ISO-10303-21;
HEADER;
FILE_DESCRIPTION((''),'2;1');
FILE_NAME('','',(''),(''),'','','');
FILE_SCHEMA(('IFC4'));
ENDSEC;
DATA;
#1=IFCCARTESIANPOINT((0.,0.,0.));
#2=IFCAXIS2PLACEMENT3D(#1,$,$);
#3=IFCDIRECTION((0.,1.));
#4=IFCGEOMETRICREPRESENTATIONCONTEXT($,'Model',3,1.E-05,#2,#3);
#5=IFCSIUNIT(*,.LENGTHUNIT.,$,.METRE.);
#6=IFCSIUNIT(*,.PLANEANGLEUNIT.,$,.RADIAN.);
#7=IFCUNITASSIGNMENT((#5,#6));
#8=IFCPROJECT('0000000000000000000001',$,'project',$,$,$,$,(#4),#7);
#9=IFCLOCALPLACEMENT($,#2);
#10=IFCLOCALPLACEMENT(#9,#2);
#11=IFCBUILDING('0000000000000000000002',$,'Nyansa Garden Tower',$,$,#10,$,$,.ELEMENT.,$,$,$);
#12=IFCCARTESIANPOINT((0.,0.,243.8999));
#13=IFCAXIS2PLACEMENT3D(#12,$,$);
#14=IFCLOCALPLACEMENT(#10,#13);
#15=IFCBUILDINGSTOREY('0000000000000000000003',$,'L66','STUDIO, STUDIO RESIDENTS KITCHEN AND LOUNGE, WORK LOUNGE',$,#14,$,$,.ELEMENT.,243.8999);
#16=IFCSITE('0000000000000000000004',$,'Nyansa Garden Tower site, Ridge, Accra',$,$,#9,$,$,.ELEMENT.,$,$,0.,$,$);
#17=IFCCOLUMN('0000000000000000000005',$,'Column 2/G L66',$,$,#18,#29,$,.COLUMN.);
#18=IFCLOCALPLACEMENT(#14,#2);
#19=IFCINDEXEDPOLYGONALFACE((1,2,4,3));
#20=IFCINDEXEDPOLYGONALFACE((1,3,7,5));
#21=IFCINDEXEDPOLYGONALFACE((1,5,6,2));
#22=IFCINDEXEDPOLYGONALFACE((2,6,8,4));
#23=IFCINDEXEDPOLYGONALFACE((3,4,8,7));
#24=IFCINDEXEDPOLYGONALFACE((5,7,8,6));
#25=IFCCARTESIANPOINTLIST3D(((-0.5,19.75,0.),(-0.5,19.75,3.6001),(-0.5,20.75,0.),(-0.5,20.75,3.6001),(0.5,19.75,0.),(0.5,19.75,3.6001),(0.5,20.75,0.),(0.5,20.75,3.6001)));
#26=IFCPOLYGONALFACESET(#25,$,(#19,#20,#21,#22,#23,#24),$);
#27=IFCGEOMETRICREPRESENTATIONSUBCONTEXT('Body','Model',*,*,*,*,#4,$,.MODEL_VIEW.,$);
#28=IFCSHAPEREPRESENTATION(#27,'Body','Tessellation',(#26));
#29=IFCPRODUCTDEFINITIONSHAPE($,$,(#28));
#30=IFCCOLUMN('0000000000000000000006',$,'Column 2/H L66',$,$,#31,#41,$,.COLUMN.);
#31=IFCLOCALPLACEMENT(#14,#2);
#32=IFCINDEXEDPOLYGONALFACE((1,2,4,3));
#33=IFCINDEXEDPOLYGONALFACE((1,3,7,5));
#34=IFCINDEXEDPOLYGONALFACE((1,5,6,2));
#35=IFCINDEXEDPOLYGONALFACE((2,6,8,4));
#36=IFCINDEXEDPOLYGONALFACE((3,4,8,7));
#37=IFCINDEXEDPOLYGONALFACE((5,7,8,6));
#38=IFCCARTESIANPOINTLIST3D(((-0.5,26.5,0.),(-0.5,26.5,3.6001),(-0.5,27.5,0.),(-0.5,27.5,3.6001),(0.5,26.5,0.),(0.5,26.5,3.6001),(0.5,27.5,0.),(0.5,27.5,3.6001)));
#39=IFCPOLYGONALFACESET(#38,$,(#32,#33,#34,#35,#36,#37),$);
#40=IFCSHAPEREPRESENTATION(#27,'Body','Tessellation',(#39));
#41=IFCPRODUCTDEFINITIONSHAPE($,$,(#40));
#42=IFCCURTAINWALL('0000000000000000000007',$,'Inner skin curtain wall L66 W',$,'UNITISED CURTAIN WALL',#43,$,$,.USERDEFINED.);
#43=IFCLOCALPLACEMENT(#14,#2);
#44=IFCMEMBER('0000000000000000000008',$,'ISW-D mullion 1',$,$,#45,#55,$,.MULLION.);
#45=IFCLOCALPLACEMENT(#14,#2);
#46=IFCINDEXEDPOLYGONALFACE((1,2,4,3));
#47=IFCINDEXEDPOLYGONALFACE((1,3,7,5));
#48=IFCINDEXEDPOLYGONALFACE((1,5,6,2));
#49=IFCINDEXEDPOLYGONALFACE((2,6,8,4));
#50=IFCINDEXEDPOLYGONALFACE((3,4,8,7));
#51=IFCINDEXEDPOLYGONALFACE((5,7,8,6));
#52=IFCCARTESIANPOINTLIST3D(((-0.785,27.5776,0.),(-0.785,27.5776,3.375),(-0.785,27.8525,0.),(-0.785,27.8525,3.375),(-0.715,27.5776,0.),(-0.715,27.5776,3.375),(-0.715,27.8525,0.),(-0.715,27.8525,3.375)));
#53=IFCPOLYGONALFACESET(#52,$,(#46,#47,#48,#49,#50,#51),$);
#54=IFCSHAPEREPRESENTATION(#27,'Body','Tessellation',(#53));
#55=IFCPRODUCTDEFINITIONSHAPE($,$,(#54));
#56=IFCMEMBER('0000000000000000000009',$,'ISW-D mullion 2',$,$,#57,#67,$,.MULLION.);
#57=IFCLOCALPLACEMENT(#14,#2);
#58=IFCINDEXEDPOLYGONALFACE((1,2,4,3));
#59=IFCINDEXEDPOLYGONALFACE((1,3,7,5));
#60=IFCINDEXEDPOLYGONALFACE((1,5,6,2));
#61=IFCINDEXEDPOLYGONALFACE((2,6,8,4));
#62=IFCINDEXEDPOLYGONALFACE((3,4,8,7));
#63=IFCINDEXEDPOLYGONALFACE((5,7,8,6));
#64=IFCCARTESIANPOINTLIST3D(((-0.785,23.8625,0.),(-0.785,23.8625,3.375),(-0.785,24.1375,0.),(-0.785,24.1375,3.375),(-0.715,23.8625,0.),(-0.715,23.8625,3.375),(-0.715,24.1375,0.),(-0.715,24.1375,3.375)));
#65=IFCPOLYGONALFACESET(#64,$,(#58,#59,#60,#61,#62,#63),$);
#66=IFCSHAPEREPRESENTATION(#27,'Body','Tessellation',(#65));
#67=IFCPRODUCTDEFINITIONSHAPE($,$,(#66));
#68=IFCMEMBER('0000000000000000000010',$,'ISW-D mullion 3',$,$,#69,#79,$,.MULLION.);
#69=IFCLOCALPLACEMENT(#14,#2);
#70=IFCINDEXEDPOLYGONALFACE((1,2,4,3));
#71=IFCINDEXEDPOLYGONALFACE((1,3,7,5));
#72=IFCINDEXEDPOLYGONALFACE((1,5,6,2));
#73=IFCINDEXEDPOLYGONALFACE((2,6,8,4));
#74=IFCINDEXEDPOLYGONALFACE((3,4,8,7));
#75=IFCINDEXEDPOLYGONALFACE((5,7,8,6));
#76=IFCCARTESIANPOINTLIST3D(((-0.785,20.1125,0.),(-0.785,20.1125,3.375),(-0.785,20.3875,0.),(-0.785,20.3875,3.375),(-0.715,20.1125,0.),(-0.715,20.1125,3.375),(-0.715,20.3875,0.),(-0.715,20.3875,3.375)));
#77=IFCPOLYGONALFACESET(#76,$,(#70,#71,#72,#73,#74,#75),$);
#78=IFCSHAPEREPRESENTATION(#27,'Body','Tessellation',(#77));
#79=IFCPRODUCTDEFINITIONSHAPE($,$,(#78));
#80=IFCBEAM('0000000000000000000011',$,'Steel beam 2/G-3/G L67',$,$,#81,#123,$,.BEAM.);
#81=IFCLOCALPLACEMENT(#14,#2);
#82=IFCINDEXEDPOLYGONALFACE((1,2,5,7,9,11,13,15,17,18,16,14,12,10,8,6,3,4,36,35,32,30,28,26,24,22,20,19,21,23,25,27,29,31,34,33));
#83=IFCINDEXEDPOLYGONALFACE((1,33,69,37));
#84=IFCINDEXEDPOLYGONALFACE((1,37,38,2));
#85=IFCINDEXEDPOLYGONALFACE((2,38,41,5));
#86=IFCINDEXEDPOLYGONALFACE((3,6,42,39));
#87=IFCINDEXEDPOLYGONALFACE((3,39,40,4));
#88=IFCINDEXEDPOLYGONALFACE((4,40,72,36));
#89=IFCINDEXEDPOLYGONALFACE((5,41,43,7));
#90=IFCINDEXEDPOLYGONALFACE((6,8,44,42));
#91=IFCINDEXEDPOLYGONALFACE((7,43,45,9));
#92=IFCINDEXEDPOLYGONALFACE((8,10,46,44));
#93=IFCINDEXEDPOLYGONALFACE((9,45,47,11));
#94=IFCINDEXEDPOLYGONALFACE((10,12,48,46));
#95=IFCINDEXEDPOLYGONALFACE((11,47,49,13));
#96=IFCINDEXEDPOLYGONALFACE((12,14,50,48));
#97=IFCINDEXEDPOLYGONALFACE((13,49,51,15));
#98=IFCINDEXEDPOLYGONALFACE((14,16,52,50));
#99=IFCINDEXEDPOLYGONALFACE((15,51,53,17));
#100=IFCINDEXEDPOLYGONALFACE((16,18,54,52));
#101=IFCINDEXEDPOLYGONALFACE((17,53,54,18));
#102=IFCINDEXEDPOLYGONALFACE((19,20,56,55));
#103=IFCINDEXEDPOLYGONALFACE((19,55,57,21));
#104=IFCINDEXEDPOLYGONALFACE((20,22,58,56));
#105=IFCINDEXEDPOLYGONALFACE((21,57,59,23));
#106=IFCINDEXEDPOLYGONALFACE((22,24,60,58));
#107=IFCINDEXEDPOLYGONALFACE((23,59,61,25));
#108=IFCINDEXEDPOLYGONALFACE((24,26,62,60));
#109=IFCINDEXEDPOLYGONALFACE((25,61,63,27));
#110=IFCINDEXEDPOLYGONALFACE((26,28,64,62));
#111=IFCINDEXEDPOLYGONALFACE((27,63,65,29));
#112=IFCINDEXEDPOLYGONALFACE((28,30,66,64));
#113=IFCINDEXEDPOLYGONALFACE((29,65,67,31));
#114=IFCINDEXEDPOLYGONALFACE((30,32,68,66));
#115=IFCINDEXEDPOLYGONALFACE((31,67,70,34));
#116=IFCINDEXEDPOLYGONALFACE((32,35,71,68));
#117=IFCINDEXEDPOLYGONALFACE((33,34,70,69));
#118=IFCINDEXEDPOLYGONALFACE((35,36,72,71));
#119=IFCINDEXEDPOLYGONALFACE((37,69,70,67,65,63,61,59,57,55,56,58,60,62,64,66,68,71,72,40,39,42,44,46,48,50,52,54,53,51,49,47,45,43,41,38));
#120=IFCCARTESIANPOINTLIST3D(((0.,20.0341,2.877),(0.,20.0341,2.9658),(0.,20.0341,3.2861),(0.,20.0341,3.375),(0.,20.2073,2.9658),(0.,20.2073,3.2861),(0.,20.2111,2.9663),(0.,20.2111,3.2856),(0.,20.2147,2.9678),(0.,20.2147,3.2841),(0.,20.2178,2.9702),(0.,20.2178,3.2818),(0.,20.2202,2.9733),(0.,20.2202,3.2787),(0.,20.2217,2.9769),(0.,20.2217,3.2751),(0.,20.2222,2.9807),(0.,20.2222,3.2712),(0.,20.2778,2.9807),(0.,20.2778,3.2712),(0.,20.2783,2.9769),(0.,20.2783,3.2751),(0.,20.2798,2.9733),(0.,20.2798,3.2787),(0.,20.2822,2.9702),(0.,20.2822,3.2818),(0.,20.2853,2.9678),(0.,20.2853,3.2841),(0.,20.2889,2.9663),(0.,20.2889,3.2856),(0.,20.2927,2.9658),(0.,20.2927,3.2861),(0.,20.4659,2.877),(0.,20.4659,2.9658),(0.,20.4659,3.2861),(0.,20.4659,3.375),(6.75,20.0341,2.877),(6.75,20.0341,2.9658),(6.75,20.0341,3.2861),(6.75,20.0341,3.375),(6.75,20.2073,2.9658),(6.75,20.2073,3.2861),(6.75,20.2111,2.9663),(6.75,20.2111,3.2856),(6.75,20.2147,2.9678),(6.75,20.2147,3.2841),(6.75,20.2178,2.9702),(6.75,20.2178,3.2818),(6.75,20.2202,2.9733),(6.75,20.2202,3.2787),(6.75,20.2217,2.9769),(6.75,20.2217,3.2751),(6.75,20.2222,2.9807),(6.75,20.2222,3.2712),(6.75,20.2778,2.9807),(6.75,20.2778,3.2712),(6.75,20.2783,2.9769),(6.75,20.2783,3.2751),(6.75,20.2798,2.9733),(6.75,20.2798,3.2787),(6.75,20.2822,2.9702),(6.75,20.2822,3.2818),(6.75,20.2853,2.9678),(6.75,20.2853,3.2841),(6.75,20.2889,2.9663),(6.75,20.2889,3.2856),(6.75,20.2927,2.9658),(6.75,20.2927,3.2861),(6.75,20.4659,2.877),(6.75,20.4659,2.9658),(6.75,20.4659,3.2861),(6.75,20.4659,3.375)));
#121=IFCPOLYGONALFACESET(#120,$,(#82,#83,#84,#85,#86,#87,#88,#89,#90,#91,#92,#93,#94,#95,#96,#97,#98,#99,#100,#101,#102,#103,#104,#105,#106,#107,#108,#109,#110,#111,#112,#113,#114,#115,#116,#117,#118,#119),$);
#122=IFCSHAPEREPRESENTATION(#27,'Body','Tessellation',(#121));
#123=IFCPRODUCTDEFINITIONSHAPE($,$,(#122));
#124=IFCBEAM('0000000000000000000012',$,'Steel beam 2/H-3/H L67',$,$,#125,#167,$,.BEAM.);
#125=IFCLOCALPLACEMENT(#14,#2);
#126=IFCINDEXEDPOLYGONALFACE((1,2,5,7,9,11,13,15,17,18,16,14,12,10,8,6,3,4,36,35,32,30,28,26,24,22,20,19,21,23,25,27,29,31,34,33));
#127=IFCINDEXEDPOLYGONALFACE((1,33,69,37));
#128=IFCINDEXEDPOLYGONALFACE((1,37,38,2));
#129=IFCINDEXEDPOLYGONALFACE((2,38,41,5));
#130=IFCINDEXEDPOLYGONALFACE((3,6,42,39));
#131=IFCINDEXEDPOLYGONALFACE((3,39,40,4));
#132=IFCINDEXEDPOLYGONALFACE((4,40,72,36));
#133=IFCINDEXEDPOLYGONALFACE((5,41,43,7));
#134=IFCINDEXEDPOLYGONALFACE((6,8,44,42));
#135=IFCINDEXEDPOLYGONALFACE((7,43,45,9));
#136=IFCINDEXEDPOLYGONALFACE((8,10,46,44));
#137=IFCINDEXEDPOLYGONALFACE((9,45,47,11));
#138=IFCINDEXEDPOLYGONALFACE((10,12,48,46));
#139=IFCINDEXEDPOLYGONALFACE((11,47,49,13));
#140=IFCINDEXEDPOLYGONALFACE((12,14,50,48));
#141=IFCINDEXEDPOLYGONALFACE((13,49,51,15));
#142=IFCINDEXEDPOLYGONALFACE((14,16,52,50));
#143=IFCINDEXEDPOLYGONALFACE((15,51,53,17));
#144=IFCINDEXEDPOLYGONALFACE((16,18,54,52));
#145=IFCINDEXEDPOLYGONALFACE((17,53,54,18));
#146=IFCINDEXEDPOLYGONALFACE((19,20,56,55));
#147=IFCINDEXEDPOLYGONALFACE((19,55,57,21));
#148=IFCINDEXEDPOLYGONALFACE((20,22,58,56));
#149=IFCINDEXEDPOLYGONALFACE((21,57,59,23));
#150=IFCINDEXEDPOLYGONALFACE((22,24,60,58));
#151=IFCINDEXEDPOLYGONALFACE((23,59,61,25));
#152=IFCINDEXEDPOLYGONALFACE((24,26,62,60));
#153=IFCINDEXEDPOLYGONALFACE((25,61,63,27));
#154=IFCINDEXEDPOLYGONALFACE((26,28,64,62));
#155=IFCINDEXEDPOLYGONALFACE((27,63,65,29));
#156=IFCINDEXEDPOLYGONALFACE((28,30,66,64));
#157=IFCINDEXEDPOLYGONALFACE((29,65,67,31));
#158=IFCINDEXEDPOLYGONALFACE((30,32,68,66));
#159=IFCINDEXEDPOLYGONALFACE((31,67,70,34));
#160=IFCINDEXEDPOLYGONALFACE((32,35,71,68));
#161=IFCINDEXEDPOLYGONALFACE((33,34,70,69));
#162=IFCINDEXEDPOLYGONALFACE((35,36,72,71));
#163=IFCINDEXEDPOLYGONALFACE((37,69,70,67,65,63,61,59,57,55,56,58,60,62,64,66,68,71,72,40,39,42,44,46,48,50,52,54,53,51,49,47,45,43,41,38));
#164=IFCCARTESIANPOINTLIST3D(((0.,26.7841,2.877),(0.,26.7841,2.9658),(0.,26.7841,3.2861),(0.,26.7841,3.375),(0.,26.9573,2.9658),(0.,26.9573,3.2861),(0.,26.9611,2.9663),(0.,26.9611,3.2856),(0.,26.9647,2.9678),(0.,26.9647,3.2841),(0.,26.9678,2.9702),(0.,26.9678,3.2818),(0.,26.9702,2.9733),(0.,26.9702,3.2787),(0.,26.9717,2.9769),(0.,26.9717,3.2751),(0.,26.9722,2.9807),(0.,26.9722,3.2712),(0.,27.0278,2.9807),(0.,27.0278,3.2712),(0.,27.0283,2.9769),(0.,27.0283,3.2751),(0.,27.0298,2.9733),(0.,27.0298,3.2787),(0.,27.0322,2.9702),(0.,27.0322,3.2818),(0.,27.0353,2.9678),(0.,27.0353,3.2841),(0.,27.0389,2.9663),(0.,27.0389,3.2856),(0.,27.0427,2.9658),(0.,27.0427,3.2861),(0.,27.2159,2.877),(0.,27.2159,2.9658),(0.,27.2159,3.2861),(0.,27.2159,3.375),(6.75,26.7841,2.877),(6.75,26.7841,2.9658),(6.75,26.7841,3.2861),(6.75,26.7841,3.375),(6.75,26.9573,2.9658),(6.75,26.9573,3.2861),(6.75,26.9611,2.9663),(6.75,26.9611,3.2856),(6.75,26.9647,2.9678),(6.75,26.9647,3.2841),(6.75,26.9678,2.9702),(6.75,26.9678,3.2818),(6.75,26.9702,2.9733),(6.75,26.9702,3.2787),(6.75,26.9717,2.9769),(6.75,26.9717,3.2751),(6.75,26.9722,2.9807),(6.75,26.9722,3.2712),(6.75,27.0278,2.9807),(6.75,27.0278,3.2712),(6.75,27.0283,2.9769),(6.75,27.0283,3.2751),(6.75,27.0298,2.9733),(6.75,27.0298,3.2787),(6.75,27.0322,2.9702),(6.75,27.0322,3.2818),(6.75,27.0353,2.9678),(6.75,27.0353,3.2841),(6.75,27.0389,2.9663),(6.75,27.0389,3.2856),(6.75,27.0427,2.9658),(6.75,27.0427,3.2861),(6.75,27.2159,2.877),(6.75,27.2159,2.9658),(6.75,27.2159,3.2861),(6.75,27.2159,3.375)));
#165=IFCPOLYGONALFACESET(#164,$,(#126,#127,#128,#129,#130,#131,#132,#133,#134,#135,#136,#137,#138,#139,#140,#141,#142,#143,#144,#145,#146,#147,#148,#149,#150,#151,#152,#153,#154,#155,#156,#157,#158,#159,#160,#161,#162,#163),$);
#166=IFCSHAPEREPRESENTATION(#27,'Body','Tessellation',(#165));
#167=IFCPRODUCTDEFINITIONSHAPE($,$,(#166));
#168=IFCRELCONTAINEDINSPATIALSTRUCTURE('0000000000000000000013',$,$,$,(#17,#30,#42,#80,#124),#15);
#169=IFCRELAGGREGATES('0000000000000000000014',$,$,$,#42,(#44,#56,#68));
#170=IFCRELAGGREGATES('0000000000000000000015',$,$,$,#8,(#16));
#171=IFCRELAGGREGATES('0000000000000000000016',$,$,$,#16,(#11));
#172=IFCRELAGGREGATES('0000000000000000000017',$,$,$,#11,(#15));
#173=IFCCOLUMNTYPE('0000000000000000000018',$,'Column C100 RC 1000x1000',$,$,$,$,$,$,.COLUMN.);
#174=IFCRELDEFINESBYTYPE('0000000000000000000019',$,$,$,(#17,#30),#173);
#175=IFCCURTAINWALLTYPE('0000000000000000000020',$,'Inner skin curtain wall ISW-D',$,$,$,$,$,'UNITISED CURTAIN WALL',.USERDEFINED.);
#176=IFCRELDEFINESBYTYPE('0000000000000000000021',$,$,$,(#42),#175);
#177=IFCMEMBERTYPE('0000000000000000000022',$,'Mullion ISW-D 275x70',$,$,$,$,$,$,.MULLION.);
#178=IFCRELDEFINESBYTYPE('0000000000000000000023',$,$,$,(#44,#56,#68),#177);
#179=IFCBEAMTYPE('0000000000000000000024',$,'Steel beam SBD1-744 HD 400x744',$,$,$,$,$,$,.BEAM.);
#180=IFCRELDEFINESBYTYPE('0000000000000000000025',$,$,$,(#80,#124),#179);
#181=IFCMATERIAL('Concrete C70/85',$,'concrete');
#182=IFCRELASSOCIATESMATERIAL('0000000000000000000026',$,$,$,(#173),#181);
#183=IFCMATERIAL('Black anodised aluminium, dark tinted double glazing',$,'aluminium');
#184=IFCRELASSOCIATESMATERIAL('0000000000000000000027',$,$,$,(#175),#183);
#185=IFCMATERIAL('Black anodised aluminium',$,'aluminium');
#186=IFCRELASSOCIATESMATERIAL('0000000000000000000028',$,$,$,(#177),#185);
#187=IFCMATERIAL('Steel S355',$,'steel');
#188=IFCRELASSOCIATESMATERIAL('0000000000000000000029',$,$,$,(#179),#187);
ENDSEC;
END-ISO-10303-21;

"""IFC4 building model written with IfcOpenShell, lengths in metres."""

from ifc_helpers import new_model, si_unit, direction, frame, origin, origin_2d, place, context, subcontext, project, spatial, rectangle, i_section, extrude, material, material_profile, profile_set, type_object, element, aggregate, save


model = new_model("IFC4")

# Units and contexts
model_context = context("Model", 3, precision=1e-05, world=origin(), true_north=direction((0.0, 1.0)))
body_context = subcontext(model_context, "Body", "Model", "MODEL_VIEW")
ifc_project = project(units=[si_unit("LENGTHUNIT", "METRE"), si_unit("PLANEANGLEUNIT", "RADIAN")], contexts=[model_context])

# Site, building, storey
site_placement = place(None, origin())
site = spatial("IfcSite", under=ifc_project, at=site_placement, Name="Nyansa Garden Tower site, Ridge, Accra", CompositionType="ELEMENT", RefElevation=0.0)
building_placement = place(site_placement, origin())
building = spatial("IfcBuilding", under=site, at=building_placement, Name="Nyansa Garden Tower", CompositionType="ELEMENT")
storey_placement = place(building_placement, frame((0.0, 0.0, 243.8999)))
storey = spatial("IfcBuildingStorey", under=building, at=storey_placement, Name="L66", Description="STUDIO, STUDIO RESIDENTS KITCHEN AND LOUNGE, WORK LOUNGE", CompositionType="ELEMENT", Elevation=243.8999)

# Columns
ifc_material_1 = material(Name="Concrete C70/85", Category="concrete")
ifc_material_profile_1 = material_profile(ifc_material_1, rectangle(XDim=1.0, YDim=1.0, at=origin_2d()), Name="RC 1000x1000")
ifc_profile_set_1 = profile_set([ifc_material_profile_1], Name="Concrete C70/85")
column_type = type_object("IfcColumnType", Name="Column C100 RC 1000x1000", PredefinedType="COLUMN", material=ifc_profile_set_1)
for number, where, z_axis, x_axis, name in (
    (1, (0.0, 20.25, 0.0), (0.0, 0.0, 1.0), (1.0, 0.0, 0.0), "Column 2/G L66"),
    (2, (0.0, 27.0, 0.0), (0.0, 0.0, 1.0), (1.0, 0.0, 0.0), "Column 2/H L66"),
):
    element("IfcColumn", number, at=place(storey_placement, frame(where, z_axis=z_axis, x_axis=x_axis)), inside=storey, type_object=column_type, Name=name, PredefinedType="COLUMN", context=body_context, shape_type="SweptSolid", body=[
        extrude(rectangle(XDim=1.0, YDim=1.0, at=origin_2d()), origin(), (0.0, 0.0, 1.0), 3.6001),
    ])

# Curtain wall, members
ifc_material_2 = material(Name="Black anodised aluminium, dark tinted double glazing", Category="aluminium")
curtain_wall_type = type_object("IfcCurtainWallType", Name="Inner skin curtain wall ISW-D", ElementType="UNITISED CURTAIN WALL", PredefinedType="USERDEFINED", material=ifc_material_2)
curtain_wall_placement = place(storey_placement, origin())
curtain_wall = element("IfcCurtainWall", 3, at=curtain_wall_placement, inside=storey, type_object=curtain_wall_type, Name="Inner skin curtain wall L66 W", ObjectType="UNITISED CURTAIN WALL", PredefinedType="USERDEFINED")
ifc_material_3 = material(Name="Black anodised aluminium", Category="aluminium")
ifc_material_profile_2 = material_profile(ifc_material_3, rectangle(XDim=0.0701, YDim=0.2749, at=origin_2d()), Name="Mullion 275x70")
ifc_profile_set_2 = profile_set([ifc_material_profile_2], Name="Black anodised aluminium")
member_type_1 = type_object("IfcMemberType", Name="Mullion ISW-D 275x70", PredefinedType="MULLION", material=ifc_profile_set_2)
member_1_placement = place(storey_placement, frame((-0.75, 27.7151, 0.0), z_axis=(0.0, 0.0, 1.0), x_axis=(1.0, 0.0, 0.0)))
member_1 = element("IfcMember", 4, at=member_1_placement, type_object=member_type_1, Name="ISW-D mullion 1", PredefinedType="MULLION", context=body_context, shape_type="SweptSolid", body=[
    extrude(rectangle(XDim=0.0701, YDim=0.2749, at=origin_2d()), origin(), (0.0, 0.0, 1.0), 3.375),
])
member_2_placement = place(storey_placement, frame((-0.75, 24.0, 0.0), z_axis=(0.0, 0.0, 1.0), x_axis=(1.0, 0.0, 0.0)))
member_2 = element("IfcMember", 5, at=member_2_placement, type_object=member_type_1, Name="ISW-D mullion 2", PredefinedType="MULLION", context=body_context, shape_type="SweptSolid", body=[
    extrude(rectangle(XDim=0.0701, YDim=0.2749, at=origin_2d()), origin(), (0.0, 0.0, 1.0), 3.375),
])
member_3_placement = place(storey_placement, frame((-0.75, 20.25, 0.0), z_axis=(0.0, 0.0, 1.0), x_axis=(1.0, 0.0, 0.0)))
member_3 = element("IfcMember", 6, at=member_3_placement, type_object=member_type_1, Name="ISW-D mullion 3", PredefinedType="MULLION", context=body_context, shape_type="SweptSolid", body=[
    extrude(rectangle(XDim=0.0701, YDim=0.2749, at=origin_2d()), origin(), (0.0, 0.0, 1.0), 3.375),
])

# Beams
ifc_material_4 = material(Name="Steel S355", Category="steel")
ifc_material_profile_3 = material_profile(ifc_material_4, i_section(OverallWidth=0.4319, OverallDepth=0.498, WebThickness=0.0557, FlangeThickness=0.0889, FilletRadius=0.0149, at=origin_2d()), Name="HD 400x744")
ifc_profile_set_3 = profile_set([ifc_material_profile_3], Name="Steel S355")
beam_type_1 = type_object("IfcBeamType", Name="Steel beam SBD1-744 HD 400x744", PredefinedType="BEAM", material=ifc_profile_set_3)
for number, where, z_axis, x_axis, name in (
    (7, (0.0, 20.25, 3.126), (1.0, 0.0, 0.0), (0.0, 1.0, 0.0), "Steel beam 2/G-3/G L67"),
    (8, (0.0, 27.0, 3.126), (1.0, 0.0, 0.0), (0.0, 1.0, 0.0), "Steel beam 2/H-3/H L67"),
):
    element("IfcBeam", number, at=place(storey_placement, frame(where, z_axis=z_axis, x_axis=x_axis)), inside=storey, type_object=beam_type_1, Name=name, PredefinedType="BEAM", context=body_context, shape_type="SweptSolid", body=[
        extrude(i_section(OverallWidth=0.4319, OverallDepth=0.498, WebThickness=0.0557, FlangeThickness=0.0889, FilletRadius=0.0149, at=origin_2d()), origin(), (0.0, 0.0, 1.0), 6.75),
    ])

aggregate(curtain_wall, [member_1, member_2, member_3])

save(model, "model.ifc")
